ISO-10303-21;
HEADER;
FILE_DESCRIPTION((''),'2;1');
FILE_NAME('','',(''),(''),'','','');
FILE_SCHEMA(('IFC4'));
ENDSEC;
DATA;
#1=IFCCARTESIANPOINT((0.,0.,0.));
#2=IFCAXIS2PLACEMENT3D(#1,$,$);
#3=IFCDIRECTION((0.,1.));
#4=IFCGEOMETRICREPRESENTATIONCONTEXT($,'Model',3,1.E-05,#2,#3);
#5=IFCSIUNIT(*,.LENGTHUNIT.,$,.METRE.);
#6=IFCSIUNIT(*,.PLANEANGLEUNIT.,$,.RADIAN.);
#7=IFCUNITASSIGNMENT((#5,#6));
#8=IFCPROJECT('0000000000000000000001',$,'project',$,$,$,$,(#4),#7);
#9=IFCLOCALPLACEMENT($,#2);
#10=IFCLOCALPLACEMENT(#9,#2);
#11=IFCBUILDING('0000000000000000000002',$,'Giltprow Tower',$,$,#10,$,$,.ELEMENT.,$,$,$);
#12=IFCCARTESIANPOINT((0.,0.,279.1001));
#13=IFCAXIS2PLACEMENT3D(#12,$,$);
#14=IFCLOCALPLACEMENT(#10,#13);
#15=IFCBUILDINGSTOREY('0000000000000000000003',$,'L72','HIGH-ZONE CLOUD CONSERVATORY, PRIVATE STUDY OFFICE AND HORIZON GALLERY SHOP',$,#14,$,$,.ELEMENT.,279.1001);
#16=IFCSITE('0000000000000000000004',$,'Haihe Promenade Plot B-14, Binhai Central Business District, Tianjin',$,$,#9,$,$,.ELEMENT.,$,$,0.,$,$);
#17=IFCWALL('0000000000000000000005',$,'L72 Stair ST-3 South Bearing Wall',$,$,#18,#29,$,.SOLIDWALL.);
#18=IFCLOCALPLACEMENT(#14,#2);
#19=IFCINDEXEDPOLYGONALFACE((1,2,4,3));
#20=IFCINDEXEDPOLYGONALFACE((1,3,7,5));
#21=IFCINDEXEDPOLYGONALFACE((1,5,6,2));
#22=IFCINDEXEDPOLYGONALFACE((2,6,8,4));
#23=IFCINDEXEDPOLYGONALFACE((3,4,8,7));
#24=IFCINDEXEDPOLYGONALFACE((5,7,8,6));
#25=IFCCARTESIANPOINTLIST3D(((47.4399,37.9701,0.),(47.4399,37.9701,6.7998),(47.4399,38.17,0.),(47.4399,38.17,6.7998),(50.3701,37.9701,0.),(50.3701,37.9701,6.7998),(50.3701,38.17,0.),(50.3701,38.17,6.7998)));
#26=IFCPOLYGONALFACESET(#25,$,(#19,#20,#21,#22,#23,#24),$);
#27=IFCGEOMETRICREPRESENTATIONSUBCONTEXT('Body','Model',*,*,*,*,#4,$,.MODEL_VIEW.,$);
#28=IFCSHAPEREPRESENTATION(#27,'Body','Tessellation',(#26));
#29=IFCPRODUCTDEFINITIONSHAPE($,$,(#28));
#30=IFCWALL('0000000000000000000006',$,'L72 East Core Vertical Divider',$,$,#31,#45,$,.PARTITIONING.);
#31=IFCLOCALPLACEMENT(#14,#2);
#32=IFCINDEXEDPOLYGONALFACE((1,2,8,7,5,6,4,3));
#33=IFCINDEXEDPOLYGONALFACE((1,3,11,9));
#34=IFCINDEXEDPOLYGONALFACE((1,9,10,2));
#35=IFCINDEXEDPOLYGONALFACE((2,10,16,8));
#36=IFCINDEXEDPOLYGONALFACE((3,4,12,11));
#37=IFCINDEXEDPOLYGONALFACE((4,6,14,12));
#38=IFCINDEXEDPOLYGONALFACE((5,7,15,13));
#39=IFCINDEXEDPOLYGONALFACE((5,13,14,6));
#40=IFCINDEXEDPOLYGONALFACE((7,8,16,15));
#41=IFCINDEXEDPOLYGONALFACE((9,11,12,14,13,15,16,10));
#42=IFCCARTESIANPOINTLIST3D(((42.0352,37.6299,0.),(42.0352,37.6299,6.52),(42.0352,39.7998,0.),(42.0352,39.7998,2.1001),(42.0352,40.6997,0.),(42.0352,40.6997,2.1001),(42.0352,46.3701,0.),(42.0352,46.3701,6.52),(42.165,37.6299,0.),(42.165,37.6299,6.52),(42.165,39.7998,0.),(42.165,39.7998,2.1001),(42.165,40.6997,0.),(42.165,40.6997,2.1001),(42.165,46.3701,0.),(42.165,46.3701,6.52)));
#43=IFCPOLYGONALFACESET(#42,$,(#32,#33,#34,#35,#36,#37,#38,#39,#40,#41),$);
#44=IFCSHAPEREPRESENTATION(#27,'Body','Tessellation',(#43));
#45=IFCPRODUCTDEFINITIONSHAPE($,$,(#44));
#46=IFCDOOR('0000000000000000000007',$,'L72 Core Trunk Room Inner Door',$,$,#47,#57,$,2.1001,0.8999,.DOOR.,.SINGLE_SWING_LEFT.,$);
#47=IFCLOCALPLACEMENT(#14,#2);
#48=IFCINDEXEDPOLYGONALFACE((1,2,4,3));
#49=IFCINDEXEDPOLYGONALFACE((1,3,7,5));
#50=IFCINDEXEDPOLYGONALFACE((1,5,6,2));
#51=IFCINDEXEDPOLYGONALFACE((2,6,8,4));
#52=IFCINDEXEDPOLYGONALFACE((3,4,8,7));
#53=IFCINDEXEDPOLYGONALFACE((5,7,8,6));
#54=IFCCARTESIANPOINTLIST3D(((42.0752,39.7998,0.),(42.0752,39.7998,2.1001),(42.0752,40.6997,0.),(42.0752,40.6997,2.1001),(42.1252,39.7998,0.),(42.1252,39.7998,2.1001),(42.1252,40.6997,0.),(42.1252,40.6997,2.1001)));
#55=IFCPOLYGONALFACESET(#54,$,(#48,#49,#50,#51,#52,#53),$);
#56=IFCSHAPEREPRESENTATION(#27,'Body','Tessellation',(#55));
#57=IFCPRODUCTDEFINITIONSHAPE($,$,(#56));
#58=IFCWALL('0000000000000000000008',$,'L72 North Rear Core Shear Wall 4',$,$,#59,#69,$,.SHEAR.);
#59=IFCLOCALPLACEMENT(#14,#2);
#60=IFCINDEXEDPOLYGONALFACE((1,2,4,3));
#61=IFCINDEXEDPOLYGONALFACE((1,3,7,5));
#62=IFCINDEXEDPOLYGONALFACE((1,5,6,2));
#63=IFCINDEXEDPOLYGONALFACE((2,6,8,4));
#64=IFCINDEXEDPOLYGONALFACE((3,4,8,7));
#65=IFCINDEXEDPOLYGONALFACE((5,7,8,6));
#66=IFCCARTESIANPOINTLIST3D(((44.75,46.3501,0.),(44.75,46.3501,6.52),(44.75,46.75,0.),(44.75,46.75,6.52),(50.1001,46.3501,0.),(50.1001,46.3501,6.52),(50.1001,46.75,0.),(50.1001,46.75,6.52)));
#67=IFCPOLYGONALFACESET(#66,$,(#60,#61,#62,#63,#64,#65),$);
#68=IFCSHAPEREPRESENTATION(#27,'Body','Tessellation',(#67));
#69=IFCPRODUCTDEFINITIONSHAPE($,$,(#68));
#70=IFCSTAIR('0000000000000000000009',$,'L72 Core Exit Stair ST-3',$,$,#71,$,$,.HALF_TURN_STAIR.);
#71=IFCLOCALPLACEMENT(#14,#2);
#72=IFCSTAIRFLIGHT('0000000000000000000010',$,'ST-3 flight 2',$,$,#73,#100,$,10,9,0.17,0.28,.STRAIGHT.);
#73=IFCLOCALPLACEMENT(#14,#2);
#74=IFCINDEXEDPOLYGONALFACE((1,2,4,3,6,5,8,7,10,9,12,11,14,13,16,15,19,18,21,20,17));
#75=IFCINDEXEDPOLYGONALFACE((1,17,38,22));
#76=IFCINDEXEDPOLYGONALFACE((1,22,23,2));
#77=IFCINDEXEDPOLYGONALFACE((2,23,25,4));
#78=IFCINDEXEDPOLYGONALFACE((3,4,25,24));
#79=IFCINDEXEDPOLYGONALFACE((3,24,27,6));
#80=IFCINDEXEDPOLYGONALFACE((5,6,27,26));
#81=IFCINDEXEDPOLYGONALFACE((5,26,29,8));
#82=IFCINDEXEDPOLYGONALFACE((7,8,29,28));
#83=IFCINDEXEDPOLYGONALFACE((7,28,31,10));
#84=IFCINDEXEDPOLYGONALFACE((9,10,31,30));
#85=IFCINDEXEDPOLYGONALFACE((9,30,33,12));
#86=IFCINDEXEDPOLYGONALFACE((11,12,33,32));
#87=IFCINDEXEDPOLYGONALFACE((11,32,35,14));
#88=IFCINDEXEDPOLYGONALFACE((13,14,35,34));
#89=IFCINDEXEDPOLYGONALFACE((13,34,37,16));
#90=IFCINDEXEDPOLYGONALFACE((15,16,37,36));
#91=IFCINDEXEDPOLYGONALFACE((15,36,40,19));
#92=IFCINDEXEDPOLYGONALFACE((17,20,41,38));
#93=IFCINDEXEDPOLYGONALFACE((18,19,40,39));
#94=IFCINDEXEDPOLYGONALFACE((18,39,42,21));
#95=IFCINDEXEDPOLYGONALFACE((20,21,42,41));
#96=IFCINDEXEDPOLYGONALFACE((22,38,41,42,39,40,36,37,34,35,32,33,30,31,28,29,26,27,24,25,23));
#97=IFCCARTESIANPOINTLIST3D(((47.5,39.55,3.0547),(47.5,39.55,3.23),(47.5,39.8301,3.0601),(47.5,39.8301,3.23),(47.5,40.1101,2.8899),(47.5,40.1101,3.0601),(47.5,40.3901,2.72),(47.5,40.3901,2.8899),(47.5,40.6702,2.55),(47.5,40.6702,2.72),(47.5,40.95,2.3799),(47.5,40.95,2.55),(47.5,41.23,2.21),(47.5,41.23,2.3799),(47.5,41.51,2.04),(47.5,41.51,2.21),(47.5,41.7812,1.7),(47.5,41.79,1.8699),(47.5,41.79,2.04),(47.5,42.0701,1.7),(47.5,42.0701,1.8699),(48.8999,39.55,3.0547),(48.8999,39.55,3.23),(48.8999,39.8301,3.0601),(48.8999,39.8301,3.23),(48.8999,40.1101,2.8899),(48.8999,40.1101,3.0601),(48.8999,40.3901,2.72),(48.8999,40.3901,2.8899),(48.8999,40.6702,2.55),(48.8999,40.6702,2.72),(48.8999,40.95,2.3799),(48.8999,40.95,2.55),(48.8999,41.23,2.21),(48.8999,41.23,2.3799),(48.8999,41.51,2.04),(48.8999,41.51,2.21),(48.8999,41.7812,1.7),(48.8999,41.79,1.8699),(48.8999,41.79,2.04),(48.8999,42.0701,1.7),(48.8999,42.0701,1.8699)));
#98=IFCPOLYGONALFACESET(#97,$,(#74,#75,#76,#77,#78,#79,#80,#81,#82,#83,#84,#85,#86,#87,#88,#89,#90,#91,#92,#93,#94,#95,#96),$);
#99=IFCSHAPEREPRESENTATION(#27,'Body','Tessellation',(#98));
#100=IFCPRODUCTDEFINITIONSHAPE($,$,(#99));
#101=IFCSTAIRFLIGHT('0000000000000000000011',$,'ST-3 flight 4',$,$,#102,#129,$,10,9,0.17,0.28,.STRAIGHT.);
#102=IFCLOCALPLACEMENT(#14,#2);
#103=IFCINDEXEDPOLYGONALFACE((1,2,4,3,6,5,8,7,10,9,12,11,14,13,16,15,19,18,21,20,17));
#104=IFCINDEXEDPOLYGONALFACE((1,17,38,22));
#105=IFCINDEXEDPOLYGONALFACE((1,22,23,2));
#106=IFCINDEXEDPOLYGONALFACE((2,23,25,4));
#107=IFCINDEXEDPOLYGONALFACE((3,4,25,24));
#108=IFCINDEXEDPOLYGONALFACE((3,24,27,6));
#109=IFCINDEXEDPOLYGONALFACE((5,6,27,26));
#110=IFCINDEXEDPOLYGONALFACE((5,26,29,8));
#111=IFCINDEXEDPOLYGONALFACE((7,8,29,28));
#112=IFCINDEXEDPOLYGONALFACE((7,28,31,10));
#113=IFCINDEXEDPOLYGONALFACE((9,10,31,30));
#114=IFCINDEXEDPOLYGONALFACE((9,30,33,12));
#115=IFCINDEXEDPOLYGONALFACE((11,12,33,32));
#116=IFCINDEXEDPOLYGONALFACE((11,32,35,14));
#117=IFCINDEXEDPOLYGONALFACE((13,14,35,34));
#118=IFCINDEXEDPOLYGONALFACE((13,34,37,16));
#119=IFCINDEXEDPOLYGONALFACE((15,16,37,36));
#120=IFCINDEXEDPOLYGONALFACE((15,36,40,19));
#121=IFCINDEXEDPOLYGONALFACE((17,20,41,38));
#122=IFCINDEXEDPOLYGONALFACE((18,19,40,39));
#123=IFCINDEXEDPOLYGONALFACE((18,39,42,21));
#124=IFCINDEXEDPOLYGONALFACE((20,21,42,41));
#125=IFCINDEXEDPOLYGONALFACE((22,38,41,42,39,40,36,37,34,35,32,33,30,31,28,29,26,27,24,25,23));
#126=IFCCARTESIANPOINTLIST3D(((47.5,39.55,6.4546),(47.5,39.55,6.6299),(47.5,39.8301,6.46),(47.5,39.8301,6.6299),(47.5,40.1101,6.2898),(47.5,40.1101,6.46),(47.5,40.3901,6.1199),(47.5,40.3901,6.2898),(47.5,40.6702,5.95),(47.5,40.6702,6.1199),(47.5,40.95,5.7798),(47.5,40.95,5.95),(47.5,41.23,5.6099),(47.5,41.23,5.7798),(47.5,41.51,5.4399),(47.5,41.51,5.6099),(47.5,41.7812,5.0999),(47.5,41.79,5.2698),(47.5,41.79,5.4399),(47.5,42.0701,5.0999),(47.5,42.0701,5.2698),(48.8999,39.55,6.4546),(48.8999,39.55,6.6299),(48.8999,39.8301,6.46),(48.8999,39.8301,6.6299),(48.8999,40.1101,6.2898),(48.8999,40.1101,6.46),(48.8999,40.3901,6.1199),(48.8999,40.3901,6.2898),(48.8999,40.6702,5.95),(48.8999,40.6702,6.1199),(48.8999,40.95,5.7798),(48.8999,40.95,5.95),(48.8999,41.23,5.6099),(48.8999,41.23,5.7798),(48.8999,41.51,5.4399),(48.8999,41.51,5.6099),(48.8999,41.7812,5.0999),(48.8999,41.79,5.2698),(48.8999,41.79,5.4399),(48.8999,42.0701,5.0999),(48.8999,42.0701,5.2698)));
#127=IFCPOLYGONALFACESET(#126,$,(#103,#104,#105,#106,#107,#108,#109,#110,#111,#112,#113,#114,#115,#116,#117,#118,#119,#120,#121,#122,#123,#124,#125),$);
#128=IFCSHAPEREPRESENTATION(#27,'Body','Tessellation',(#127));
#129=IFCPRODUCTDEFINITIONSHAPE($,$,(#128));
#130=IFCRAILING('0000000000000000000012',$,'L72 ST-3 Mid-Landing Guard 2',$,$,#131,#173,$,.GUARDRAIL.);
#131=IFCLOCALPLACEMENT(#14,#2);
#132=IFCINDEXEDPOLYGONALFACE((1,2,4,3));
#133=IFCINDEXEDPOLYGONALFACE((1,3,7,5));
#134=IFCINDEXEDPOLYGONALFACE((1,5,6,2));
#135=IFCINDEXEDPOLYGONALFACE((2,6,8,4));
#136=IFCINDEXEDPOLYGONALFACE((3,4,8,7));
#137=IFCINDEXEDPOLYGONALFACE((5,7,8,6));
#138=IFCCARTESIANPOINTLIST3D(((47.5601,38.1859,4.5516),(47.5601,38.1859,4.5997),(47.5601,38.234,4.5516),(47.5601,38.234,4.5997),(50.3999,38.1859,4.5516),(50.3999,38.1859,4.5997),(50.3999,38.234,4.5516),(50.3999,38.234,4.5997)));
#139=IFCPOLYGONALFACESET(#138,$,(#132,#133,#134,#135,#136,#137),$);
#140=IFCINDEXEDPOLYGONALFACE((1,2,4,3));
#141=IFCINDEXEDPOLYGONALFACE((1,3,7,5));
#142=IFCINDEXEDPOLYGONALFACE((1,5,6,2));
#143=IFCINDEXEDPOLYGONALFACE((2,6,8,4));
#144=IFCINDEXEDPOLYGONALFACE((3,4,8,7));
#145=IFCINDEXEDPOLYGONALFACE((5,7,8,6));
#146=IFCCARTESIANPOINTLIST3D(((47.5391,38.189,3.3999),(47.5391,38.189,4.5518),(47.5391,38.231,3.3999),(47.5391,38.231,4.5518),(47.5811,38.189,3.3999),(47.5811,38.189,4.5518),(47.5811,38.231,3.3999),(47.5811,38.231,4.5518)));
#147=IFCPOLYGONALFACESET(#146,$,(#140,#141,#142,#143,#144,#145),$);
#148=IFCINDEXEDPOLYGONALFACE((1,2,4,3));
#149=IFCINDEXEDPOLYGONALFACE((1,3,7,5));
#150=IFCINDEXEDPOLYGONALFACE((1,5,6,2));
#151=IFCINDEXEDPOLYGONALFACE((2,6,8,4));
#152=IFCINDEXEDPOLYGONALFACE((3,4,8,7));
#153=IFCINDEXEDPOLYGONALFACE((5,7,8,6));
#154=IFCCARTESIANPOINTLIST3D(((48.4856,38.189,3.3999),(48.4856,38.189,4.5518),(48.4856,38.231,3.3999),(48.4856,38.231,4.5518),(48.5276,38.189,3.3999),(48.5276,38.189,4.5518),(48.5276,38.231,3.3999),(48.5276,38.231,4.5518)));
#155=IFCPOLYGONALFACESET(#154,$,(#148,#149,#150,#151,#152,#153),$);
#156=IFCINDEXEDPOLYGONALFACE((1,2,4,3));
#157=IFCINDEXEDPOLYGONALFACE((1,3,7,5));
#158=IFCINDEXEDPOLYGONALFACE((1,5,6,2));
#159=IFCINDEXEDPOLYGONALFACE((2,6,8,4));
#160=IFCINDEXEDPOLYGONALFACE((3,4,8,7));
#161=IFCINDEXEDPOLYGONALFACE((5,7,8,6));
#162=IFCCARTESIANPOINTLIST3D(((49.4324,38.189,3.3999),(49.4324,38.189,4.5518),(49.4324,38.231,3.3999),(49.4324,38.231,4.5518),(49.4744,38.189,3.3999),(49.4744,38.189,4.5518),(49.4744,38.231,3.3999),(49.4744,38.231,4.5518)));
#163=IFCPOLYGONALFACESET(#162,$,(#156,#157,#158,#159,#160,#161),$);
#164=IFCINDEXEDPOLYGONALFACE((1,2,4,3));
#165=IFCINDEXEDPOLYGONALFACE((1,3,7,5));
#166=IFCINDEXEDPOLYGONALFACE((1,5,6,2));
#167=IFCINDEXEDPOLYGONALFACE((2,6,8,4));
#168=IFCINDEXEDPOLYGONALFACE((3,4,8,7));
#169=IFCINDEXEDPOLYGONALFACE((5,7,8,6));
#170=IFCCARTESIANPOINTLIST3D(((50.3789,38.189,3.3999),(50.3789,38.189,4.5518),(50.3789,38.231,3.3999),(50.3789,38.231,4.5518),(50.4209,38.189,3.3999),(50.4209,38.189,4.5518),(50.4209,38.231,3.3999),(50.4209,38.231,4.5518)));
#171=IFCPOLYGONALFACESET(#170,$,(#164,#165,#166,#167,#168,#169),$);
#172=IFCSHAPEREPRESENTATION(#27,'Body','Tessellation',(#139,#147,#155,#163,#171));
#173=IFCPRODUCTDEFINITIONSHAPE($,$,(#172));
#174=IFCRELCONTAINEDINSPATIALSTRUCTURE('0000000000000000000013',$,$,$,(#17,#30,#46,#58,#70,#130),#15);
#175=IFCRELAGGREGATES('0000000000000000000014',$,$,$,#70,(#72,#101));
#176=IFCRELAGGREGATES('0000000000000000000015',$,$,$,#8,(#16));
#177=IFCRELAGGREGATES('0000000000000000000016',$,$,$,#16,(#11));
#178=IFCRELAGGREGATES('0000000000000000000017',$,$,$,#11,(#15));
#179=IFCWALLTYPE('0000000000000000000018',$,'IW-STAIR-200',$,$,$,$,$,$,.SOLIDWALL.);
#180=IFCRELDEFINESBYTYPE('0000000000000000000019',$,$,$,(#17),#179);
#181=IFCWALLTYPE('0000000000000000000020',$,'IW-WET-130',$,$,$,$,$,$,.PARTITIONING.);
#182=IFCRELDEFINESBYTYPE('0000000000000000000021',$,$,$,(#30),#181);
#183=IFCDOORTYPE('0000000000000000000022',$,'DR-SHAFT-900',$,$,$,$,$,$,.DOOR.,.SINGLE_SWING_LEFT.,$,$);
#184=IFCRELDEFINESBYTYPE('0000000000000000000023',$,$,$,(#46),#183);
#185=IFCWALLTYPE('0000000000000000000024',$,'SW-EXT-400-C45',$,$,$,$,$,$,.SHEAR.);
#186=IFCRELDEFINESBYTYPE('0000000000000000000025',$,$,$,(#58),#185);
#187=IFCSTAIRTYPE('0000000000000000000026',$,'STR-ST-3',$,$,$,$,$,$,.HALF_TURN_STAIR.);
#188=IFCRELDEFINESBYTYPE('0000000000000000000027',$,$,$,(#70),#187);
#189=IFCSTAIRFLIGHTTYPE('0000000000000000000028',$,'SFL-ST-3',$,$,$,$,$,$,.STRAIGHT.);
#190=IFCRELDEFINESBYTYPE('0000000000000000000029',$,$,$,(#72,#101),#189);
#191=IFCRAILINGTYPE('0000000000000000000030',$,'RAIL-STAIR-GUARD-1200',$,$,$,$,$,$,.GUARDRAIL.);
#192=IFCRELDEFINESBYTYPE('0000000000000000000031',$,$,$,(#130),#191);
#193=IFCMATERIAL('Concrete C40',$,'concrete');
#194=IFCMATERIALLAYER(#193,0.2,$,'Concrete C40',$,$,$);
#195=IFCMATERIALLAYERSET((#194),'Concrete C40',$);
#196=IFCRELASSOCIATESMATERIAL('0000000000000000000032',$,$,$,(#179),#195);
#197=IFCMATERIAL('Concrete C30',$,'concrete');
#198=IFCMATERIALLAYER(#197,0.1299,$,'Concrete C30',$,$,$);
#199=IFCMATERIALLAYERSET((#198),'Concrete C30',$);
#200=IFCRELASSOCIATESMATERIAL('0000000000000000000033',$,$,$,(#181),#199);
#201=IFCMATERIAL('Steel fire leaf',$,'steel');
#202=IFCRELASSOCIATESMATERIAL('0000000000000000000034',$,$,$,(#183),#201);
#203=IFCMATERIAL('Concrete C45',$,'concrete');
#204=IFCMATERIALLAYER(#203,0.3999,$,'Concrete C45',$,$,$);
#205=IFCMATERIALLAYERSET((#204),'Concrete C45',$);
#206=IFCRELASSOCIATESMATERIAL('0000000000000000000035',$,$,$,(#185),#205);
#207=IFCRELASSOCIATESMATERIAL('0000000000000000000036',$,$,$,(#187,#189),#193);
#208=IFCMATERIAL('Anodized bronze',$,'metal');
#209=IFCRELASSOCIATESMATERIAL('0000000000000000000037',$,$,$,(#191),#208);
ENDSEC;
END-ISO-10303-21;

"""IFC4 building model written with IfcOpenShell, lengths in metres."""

from ifc_helpers import new_model, si_unit, direction, frame, frame_2d, origin, origin_2d, place, context, subcontext, project, spatial, polyline, rectangle, outline, extrude, source, transform, mapped, material, layer, layer_set, type_object, element, fill, aggregate, save


model = new_model("IFC4")

# Units and contexts
model_context = context("Model", 3, precision=1e-05, world=origin(), true_north=direction((0.0, 1.0)))
body_context = subcontext(model_context, "Body", "Model", "MODEL_VIEW")
ifc_project = project(units=[si_unit("LENGTHUNIT", "METRE"), si_unit("PLANEANGLEUNIT", "RADIAN")], contexts=[model_context])

# Site, building, storey
site_placement = place(None, origin())
site = spatial("IfcSite", under=ifc_project, at=site_placement, Name="Haihe Promenade Plot B-14, Binhai Central Business District, Tianjin", CompositionType="ELEMENT", RefElevation=0.0)
building_placement = place(site_placement, origin())
building = spatial("IfcBuilding", under=site, at=building_placement, Name="Giltprow Tower", CompositionType="ELEMENT")
storey_placement = place(building_placement, frame((0.0, 0.0, 279.1001)))
storey = spatial("IfcBuildingStorey", under=building, at=storey_placement, Name="L72", Description="HIGH-ZONE CLOUD CONSERVATORY, PRIVATE STUDY OFFICE AND HORIZON GALLERY SHOP", CompositionType="ELEMENT", Elevation=279.1001)

# Shared definitions
ifc_material_1 = material(Name="Concrete C45", Category="concrete")

# Shared definitions
ifc_material_2 = material(Name="Concrete C40", Category="concrete")

# Shared definitions
ifc_layer_1 = layer(ifc_material_2, 0.2, Name="Concrete C40")
ifc_layer_set_1 = layer_set([ifc_layer_1], Name="Concrete C40")
wall_type_1 = type_object("IfcWallType", Name="IW-STAIR-200", PredefinedType="SOLIDWALL", material=ifc_layer_set_1)
ifc_material_3 = material(Name="Steel fire leaf", Category="steel")

# Wall
for number, where, z_axis, x_axis, name in (
    (1, (47.4399, 38.0701, 0.0), (0.0, 0.0, 1.0), (1.0, 0.0, 0.0), "L72 Stair ST-3 South Bearing Wall"),
):
    element("IfcWall", number, at=place(storey_placement, frame(where, z_axis=z_axis, x_axis=x_axis)), inside=storey, type_object=wall_type_1, Name=name, PredefinedType="SOLIDWALL", context=body_context, shape_type="SweptSolid", body=[
        extrude(rectangle(XDim=2.9302, YDim=0.2, at=frame_2d((1.4651, 0.0))), origin(), (0.0, 0.0, 1.0), 6.7998),
    ])

# Wall, opening, door
ifc_material_4 = material(Name="Concrete C30", Category="concrete")
ifc_layer_2 = layer(ifc_material_4, 0.1299, Name="Concrete C30")
ifc_layer_set_2 = layer_set([ifc_layer_2], Name="Concrete C30")
wall_type_2 = type_object("IfcWallType", Name="IW-WET-130", PredefinedType="PARTITIONING", material=ifc_layer_set_2)
wall_1_placement = place(storey_placement, frame((42.1001, 37.6299, 0.0), z_axis=(0.0, 0.0, 1.0), x_axis=(0.0, 1.0, 0.0)))
wall_1 = element("IfcWall", 2, at=wall_1_placement, inside=storey, type_object=wall_type_2, Name="L72 East Core Vertical Divider", PredefinedType="PARTITIONING", context=body_context, shape_type="SweptSolid", body=[
    extrude(rectangle(XDim=8.7402, YDim=0.1299, at=frame_2d((4.3701, 0.0))), origin(), (0.0, 0.0, 1.0), 6.52),
])
opening_1_placement = place(wall_1_placement, frame((2.1699, 0.0, 0.0)))
opening_1 = element("IfcOpeningElement", 3, at=opening_1_placement, cuts=wall_1, PredefinedType="OPENING", context=body_context, shape_type="SweptSolid", body=[
    extrude(rectangle(XDim=0.8999, YDim=2.1001, at=frame_2d((0.45, 1.05))), frame((0.0, 0.075, 0.0), z_axis=(0.0, -1.0, 0.0), x_axis=(1.0, 0.0, 0.0)), (0.0, 0.0, 1.0), 0.1499),
])
door_type_1 = type_object("IfcDoorType", Name="DR-SHAFT-900", OperationType="SINGLE_SWING_LEFT", PredefinedType="DOOR", material=ifc_material_3)
shared_shape_1 = source(origin(), body_context, "Body", "SweptSolid", [
    extrude(rectangle(XDim=0.8999, YDim=2.1001, at=frame_2d((0.45, 1.05))), frame((0.0, 0.0249, 0.0), z_axis=(0.0, -1.0, 0.0), x_axis=(1.0, 0.0, 0.0)), (0.0, 0.0, 1.0), 0.05),
])
door_1_placement = place(opening_1_placement, origin())
door_1 = element("IfcDoor", 4, at=door_1_placement, inside=storey, type_object=door_type_1, Name="L72 Core Trunk Room Inner Door", OperationType="SINGLE_SWING_LEFT", OverallHeight=2.1001, OverallWidth=0.8999, PredefinedType="DOOR", context=body_context, shape_type="MappedRepresentation", body=[
    mapped(shared_shape_1, transform((0.0, 0.0, 0.0), x_axis=(1.0, 0.0, 0.0), y_axis=(0.0, 1.0, 0.0), z_axis=(0.0, 0.0, 1.0), scale=1.0)),
])
fill(opening_1, door_1)

# Wall
ifc_layer_3 = layer(ifc_material_1, 0.3999, Name="Concrete C45")
ifc_layer_set_3 = layer_set([ifc_layer_3], Name="Concrete C45")
wall_type_3 = type_object("IfcWallType", Name="SW-EXT-400-C45", PredefinedType="SHEAR", material=ifc_layer_set_3)
wall_2_placement = place(storey_placement, frame((44.75, 46.55, 0.0), z_axis=(0.0, 0.0, 1.0), x_axis=(1.0, 0.0, 0.0)))
element("IfcWall", 5, at=wall_2_placement, inside=storey, type_object=wall_type_3, Name="L72 North Rear Core Shear Wall 4", PredefinedType="SHEAR", context=body_context, shape_type="SweptSolid", body=[
    extrude(rectangle(XDim=5.3501, YDim=0.3999, at=frame_2d((2.675, 0.0))), origin(), (0.0, 0.0, 1.0), 6.52),
])

# Stair, stair flights
stair_type = type_object("IfcStairType", Name="STR-ST-3", PredefinedType="HALF_TURN_STAIR", material=ifc_material_2)
stair_placement = place(storey_placement, origin())
stair = element("IfcStair", 6, at=stair_placement, inside=storey, type_object=stair_type, Name="L72 Core Exit Stair ST-3", PredefinedType="HALF_TURN_STAIR")
stair_flight_type = type_object("IfcStairFlightType", Name="SFL-ST-3", PredefinedType="STRAIGHT", material=ifc_material_2)
stair_flight_1_placement = place(storey_placement, frame((48.2, 42.0701, 1.7), z_axis=(0.0, 0.0, 1.0), x_axis=(0.0, -1.0, 0.0)))
stair_flight_1 = element("IfcStairFlight", 7, at=stair_flight_1_placement, type_object=stair_flight_type, Name="ST-3 flight 2", NumberOfRisers=10, NumberOfTreads=9, PredefinedType="STRAIGHT", RiserHeight=0.17, TreadLength=0.28, context=body_context, shape_type="SweptSolid", body=[
    extrude(outline(polyline([(0.0, 0.0), (0.0, 0.1699), (0.28, 0.1699), (0.28, 0.3401), (0.5601, 0.3401), (0.5601, 0.51), (0.8401, 0.51), (0.8401, 0.6799), (1.1201, 0.6799), (1.1201, 0.8501), (1.3999, 0.8501), (1.3999, 1.02), (1.6799, 1.02), (1.6799, 1.1899), (1.96, 1.1899), (1.96, 1.3601), (2.24, 1.3601), (2.24, 1.53), (2.52, 1.53), (2.52, 1.7), (2.52, 1.3547), (0.2888, 0.0), (0.0, 0.0)])), frame((0.0, 0.7, 0.0), z_axis=(0.0, -1.0, 0.0), x_axis=(1.0, 0.0, 0.0)), (0.0, 0.0, 1.0), 1.3999),
])
stair_flight_2_placement = place(storey_placement, frame((48.2, 42.0701, 5.0999), z_axis=(0.0, 0.0, 1.0), x_axis=(0.0, -1.0, 0.0)))
stair_flight_2 = element("IfcStairFlight", 8, at=stair_flight_2_placement, type_object=stair_flight_type, Name="ST-3 flight 4", NumberOfRisers=10, NumberOfTreads=9, PredefinedType="STRAIGHT", RiserHeight=0.17, TreadLength=0.28, context=body_context, shape_type="SweptSolid", body=[
    extrude(outline(polyline([(0.0, 0.0), (0.0, 0.1699), (0.28, 0.1699), (0.28, 0.3401), (0.5601, 0.3401), (0.5601, 0.51), (0.8401, 0.51), (0.8401, 0.6799), (1.1201, 0.6799), (1.1201, 0.8501), (1.3999, 0.8501), (1.3999, 1.02), (1.6799, 1.02), (1.6799, 1.1899), (1.96, 1.1899), (1.96, 1.3601), (2.24, 1.3601), (2.24, 1.53), (2.52, 1.53), (2.52, 1.7), (2.52, 1.3547), (0.2888, 0.0), (0.0, 0.0)])), frame((0.0, 0.7, 0.0), z_axis=(0.0, -1.0, 0.0), x_axis=(1.0, 0.0, 0.0)), (0.0, 0.0, 1.0), 1.3999),
])
aggregate(stair, [stair_flight_1, stair_flight_2])

# Railing
ifc_material_5 = material(Name="Anodized bronze", Category="metal")
railing_type_1 = type_object("IfcRailingType", Name="RAIL-STAIR-GUARD-1200", PredefinedType="GUARDRAIL", material=ifc_material_5)
railing_1_placement = place(storey_placement, frame((47.5601, 38.21, 3.3999)))
element("IfcRailing", 9, at=railing_1_placement, inside=storey, type_object=railing_type_1, Name="L72 ST-3 Mid-Landing Guard 2", PredefinedType="GUARDRAIL", context=body_context, shape_type="SweptSolid", body=[
    extrude(rectangle(XDim=0.0481, YDim=0.0481, at=origin_2d()), frame((0.0, 0.0, 1.1758), z_axis=(1.0, 0.0, 0.0), x_axis=(0.0, 1.0, 0.0)), (0.0, 0.0, 1.0), 2.8398),
    extrude(rectangle(XDim=0.042, YDim=0.042, at=origin_2d()), origin(), (0.0, 0.0, 1.0), 1.1519),
    extrude(rectangle(XDim=0.042, YDim=0.042, at=origin_2d()), frame((0.9465, 0.0, 0.0)), (0.0, 0.0, 1.0), 1.1519),
    extrude(rectangle(XDim=0.042, YDim=0.042, at=origin_2d()), frame((1.8933, 0.0, 0.0)), (0.0, 0.0, 1.0), 1.1519),
    extrude(rectangle(XDim=0.042, YDim=0.042, at=origin_2d()), frame((2.8398, 0.0, 0.0)), (0.0, 0.0, 1.0), 1.1519),
])

save(model, "model.ifc")
